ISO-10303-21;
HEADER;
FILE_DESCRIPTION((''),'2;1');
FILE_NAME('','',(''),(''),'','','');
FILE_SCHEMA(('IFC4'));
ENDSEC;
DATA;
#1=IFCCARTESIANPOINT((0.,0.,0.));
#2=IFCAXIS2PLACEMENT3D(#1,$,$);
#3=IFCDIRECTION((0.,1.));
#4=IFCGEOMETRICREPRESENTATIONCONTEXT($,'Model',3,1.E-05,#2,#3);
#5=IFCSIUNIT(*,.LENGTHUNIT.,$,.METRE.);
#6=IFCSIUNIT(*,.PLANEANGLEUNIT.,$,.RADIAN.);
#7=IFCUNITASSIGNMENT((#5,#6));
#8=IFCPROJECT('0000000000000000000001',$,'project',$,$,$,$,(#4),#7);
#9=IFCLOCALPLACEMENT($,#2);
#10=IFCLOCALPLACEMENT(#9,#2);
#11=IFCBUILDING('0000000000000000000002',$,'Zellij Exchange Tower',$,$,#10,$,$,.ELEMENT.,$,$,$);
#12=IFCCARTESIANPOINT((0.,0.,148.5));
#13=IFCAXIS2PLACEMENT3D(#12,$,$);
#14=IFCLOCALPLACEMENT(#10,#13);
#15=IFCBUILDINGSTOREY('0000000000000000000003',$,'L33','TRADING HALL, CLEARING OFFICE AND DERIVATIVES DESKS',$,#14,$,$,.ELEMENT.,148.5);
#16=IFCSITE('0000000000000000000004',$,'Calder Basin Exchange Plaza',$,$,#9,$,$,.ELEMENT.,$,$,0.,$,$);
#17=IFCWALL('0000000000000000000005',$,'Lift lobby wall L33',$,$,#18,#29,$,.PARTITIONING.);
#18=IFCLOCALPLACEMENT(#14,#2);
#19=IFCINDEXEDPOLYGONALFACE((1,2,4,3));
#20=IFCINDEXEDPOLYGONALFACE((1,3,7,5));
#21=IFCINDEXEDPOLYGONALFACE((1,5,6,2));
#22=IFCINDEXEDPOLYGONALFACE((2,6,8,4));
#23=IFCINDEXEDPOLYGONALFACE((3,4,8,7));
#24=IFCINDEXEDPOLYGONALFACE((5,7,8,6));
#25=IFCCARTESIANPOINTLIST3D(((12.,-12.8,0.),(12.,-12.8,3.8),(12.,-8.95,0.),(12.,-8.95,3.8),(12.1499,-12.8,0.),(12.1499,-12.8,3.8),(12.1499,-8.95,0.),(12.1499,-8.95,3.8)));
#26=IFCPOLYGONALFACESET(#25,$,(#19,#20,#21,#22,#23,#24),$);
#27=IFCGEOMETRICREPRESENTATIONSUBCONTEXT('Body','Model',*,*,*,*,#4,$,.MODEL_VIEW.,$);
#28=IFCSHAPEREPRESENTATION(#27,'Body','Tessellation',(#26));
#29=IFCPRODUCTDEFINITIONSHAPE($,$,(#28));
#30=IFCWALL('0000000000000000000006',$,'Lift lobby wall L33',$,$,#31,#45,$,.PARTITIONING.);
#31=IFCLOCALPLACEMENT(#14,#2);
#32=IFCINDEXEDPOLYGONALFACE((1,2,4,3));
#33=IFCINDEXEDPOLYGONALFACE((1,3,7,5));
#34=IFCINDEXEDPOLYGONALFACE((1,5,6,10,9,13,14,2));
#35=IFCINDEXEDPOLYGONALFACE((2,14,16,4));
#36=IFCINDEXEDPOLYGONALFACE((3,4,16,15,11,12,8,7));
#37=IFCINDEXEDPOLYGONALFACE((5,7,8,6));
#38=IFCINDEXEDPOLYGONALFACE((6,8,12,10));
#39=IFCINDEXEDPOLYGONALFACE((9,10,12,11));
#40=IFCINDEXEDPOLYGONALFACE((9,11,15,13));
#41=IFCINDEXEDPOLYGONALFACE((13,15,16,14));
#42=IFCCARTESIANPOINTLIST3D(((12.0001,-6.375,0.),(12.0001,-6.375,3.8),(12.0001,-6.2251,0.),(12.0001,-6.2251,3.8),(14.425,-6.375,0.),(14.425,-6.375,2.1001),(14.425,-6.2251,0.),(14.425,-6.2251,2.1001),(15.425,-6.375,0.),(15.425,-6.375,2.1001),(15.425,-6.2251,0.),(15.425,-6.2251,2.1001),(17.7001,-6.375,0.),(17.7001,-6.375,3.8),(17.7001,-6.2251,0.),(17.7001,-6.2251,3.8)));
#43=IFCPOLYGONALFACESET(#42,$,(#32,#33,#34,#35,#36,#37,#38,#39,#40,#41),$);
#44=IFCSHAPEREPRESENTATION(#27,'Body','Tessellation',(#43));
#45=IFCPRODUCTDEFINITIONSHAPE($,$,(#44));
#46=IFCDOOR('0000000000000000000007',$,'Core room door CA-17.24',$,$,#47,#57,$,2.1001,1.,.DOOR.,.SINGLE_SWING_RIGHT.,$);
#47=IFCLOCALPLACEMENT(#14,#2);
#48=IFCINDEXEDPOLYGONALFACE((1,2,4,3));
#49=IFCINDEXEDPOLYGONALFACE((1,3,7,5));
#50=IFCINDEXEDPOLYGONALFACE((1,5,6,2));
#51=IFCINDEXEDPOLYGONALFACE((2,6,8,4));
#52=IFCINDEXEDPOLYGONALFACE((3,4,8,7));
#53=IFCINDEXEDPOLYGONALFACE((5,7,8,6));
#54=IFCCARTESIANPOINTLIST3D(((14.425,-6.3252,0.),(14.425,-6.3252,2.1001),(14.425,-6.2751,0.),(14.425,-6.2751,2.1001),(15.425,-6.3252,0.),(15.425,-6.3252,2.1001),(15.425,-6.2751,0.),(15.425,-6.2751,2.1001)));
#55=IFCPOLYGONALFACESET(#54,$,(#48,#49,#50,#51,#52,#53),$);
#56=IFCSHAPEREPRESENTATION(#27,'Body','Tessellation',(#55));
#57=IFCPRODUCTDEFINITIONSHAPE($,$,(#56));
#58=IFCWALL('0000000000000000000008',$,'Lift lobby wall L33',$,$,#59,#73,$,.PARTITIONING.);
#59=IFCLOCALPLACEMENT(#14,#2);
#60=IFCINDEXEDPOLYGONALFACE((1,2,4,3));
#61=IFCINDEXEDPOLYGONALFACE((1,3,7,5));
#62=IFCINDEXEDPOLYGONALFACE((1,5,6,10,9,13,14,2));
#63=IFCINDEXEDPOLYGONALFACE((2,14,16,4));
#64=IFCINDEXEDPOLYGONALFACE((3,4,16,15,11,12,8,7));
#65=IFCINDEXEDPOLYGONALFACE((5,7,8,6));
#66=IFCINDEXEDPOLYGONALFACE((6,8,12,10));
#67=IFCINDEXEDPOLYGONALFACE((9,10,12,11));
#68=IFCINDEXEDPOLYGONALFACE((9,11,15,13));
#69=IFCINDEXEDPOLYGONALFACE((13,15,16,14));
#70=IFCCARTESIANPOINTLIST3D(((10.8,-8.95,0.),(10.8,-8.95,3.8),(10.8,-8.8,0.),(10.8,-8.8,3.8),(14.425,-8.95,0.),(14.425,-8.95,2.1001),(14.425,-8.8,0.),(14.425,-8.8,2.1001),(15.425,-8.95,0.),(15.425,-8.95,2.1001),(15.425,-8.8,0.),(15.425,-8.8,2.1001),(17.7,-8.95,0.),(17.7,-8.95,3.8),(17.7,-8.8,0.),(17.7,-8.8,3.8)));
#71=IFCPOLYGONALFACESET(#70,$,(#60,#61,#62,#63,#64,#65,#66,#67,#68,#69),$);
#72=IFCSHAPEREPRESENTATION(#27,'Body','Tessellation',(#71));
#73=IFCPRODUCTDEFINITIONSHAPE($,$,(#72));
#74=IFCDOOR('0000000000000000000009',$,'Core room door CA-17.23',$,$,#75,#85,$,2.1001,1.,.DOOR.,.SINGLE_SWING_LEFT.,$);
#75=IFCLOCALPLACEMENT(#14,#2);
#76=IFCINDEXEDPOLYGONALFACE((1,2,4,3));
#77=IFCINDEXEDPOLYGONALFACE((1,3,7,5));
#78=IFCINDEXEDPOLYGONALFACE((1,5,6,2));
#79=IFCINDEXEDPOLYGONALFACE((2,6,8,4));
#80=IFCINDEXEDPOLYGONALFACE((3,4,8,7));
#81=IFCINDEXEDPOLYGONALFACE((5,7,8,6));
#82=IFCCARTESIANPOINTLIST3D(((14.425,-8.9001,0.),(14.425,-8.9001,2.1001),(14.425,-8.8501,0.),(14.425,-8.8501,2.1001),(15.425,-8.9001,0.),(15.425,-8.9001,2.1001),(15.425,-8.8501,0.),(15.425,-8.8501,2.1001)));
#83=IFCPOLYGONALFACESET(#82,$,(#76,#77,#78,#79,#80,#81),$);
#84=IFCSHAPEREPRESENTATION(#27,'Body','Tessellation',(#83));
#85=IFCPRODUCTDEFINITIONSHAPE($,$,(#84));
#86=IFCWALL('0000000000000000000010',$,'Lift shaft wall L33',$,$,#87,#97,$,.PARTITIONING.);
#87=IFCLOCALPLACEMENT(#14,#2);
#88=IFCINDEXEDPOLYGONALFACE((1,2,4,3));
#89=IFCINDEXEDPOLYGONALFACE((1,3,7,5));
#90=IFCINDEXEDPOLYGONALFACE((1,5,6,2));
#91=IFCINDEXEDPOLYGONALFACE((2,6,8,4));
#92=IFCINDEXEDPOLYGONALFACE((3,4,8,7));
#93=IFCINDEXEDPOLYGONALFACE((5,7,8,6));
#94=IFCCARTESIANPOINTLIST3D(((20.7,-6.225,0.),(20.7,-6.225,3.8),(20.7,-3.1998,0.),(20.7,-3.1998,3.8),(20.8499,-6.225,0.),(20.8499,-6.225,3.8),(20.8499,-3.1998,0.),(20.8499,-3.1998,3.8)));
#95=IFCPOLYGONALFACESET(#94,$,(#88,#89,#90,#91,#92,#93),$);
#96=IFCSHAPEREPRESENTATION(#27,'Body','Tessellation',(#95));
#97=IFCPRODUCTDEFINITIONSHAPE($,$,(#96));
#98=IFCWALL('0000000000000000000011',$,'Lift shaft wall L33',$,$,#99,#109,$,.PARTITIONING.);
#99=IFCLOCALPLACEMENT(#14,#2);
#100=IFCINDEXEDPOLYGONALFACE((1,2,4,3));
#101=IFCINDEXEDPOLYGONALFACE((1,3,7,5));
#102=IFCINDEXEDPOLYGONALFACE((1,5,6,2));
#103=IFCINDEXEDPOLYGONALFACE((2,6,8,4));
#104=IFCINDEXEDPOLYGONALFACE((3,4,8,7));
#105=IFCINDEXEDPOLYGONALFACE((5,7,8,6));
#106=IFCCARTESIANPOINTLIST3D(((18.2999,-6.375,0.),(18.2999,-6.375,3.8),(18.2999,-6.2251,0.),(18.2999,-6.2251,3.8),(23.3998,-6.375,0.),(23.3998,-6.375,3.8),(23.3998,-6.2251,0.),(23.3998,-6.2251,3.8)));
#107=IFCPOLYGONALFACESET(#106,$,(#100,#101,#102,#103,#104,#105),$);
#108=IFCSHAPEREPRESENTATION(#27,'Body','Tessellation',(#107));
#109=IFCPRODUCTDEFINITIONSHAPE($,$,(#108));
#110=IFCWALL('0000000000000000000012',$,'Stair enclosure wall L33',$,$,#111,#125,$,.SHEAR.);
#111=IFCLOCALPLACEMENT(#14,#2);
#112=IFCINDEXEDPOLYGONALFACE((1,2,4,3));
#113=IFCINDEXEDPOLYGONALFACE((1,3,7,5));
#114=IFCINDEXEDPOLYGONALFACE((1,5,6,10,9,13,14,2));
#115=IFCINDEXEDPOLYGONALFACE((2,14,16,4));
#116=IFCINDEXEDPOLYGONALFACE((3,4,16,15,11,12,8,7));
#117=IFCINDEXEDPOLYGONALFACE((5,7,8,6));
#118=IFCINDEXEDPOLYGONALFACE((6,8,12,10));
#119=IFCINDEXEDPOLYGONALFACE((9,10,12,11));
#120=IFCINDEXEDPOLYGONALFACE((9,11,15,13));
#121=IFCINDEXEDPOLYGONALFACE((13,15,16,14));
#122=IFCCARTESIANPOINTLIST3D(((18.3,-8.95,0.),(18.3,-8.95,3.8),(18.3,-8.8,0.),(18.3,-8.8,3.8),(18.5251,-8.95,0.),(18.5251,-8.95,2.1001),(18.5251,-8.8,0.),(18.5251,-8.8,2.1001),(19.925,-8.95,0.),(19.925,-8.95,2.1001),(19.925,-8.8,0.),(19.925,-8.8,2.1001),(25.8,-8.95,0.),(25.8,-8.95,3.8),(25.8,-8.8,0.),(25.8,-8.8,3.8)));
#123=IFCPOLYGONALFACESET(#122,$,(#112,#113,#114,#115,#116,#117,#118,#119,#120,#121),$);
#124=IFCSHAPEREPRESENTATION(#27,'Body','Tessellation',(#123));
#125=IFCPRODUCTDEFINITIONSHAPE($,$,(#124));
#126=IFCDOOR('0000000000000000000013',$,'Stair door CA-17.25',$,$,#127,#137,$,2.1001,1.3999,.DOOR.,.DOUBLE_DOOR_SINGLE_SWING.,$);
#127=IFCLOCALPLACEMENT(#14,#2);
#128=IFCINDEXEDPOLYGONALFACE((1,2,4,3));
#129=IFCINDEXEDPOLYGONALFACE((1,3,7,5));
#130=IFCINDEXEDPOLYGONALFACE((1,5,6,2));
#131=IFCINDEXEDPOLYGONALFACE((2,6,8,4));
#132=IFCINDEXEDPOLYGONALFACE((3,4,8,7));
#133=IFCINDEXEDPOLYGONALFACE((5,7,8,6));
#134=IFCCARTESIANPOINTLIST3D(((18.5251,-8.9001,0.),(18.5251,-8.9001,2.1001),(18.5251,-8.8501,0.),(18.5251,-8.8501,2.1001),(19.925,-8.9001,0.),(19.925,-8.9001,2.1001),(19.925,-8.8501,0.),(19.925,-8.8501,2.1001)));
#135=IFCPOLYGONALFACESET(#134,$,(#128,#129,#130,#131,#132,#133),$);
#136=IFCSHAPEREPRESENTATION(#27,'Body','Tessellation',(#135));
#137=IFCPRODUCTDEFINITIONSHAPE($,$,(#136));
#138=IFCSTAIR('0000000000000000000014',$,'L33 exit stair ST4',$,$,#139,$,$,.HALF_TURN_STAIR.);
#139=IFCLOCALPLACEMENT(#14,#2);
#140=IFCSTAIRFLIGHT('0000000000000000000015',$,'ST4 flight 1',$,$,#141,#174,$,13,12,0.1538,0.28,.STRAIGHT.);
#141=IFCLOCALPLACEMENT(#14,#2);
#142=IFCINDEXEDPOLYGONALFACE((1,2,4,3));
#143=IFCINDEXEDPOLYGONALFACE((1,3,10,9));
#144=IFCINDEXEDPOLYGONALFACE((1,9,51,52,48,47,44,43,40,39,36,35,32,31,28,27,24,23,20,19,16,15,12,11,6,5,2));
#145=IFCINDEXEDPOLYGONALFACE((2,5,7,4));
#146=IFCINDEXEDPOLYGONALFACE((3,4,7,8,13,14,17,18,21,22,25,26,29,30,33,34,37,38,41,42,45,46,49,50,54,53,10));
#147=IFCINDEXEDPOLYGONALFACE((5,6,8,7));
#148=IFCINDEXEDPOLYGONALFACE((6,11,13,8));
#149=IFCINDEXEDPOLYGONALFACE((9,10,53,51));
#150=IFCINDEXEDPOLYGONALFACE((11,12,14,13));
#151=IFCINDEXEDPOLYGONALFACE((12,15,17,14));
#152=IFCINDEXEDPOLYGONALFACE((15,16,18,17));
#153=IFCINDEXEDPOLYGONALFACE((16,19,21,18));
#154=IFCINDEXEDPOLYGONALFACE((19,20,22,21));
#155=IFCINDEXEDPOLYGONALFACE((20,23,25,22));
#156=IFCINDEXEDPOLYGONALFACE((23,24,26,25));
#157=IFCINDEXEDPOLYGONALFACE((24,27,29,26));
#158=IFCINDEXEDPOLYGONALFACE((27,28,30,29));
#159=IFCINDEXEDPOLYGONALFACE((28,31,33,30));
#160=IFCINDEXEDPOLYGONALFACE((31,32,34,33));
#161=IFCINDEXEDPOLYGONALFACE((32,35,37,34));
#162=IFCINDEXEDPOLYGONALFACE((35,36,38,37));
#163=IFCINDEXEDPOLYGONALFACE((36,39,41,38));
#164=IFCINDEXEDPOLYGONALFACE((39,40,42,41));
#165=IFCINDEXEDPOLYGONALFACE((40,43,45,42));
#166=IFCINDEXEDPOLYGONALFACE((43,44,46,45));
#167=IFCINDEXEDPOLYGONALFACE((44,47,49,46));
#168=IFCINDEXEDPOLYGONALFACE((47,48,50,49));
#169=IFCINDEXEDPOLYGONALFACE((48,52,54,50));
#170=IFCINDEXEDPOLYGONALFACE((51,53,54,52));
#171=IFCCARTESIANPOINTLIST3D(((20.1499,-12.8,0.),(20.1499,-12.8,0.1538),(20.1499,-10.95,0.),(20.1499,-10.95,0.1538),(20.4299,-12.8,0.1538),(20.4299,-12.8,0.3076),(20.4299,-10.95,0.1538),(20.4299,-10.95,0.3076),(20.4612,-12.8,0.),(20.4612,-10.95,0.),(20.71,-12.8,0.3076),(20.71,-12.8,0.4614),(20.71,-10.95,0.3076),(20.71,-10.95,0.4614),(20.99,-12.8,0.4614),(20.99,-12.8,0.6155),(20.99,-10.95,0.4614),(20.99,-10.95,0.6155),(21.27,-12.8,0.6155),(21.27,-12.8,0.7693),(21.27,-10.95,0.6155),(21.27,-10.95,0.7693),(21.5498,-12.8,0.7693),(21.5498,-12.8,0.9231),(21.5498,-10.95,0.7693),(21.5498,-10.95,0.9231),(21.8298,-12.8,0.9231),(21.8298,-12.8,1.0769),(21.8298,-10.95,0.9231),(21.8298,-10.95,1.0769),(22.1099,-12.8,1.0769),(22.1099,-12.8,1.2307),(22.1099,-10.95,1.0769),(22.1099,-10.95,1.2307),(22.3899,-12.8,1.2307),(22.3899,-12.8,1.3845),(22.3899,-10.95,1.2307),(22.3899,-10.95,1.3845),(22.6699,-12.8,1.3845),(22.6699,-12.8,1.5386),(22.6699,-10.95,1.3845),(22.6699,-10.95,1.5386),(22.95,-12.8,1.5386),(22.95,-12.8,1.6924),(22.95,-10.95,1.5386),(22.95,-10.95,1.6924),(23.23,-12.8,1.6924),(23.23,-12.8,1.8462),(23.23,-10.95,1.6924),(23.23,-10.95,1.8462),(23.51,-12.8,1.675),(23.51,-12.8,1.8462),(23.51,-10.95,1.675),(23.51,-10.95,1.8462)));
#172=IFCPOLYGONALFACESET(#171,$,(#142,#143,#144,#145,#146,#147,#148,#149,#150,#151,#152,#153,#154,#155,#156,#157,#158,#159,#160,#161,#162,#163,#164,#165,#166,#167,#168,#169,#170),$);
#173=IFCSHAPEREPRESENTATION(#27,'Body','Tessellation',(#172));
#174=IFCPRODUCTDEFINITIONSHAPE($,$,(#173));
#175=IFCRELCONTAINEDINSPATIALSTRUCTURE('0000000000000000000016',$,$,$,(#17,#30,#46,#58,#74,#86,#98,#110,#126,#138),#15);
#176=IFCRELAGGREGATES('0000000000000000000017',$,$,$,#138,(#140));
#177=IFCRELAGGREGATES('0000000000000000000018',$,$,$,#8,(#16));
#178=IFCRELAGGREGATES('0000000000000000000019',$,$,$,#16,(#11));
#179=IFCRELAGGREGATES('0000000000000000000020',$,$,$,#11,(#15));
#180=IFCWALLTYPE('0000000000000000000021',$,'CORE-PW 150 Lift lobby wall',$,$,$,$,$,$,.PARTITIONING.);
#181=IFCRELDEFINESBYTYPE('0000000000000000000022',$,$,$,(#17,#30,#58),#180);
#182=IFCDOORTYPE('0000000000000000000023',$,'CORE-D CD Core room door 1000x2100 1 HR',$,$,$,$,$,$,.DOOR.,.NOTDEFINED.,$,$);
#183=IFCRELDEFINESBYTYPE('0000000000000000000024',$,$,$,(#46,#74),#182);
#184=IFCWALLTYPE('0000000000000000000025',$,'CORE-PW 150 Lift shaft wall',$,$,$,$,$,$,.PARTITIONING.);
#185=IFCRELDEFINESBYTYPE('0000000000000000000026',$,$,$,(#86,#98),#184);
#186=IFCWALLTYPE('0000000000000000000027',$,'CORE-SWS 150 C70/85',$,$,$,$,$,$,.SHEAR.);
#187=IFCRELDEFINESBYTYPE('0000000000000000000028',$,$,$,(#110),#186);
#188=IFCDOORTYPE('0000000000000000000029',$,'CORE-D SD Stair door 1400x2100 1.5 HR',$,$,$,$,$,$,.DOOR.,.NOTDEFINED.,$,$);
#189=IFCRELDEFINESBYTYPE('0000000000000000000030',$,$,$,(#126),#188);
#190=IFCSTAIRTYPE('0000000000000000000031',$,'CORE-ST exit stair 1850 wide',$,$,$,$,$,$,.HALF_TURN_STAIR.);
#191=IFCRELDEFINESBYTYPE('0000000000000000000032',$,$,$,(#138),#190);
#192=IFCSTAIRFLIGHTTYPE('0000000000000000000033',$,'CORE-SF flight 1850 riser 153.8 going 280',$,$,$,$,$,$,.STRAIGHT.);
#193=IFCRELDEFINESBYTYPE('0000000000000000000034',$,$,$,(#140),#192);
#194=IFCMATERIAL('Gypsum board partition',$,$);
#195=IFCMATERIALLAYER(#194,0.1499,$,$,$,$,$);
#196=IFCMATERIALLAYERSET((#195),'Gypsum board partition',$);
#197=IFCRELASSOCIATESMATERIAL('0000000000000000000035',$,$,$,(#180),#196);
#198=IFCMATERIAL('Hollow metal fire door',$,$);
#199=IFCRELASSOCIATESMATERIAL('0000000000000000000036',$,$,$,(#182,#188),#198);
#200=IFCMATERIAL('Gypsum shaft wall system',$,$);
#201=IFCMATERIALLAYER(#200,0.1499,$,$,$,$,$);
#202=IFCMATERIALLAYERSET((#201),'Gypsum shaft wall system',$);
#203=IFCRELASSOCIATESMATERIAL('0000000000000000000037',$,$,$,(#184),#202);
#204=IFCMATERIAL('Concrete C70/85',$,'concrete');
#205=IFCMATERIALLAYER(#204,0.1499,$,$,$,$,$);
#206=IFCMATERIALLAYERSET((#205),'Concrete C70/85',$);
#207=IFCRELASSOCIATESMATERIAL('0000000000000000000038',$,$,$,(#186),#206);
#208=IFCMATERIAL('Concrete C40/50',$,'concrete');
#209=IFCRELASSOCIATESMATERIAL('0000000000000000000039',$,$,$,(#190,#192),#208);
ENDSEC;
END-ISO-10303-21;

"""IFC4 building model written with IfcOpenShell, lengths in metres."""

from ifc_helpers import new_model, si_unit, direction, frame, frame_2d, origin, place, context, subcontext, project, spatial, polyline, rectangle, outline, extrude, material, layer, layer_set, type_object, element, fill, aggregate, save


model = new_model("IFC4")

# Units and contexts
model_context = context("Model", 3, precision=1e-05, world=origin(), true_north=direction((0.0, 1.0)))
body_context = subcontext(model_context, "Body", "Model", "MODEL_VIEW")
ifc_project = project(units=[si_unit("LENGTHUNIT", "METRE"), si_unit("PLANEANGLEUNIT", "RADIAN")], contexts=[model_context])

# Site, building, storey
site_placement = place(None, origin())
site = spatial("IfcSite", under=ifc_project, at=site_placement, Name="Calder Basin Exchange Plaza", CompositionType="ELEMENT", RefElevation=0.0)
building_placement = place(site_placement, origin())
building = spatial("IfcBuilding", under=site, at=building_placement, Name="Zellij Exchange Tower", CompositionType="ELEMENT")
storey_placement = place(building_placement, frame((0.0, 0.0, 148.5)))
storey = spatial("IfcBuildingStorey", under=building, at=storey_placement, Name="L33", Description="TRADING HALL, CLEARING OFFICE AND DERIVATIVES DESKS", CompositionType="ELEMENT", Elevation=148.5)

# Shared definitions
ifc_material_1 = material(Name="Concrete C70/85", Category="concrete")

# Shared definitions
ifc_material_2 = material(Name="Gypsum board partition")
ifc_layer_1 = layer(ifc_material_2, 0.1499)
ifc_layer_set_1 = layer_set([ifc_layer_1], Name="Gypsum board partition")
wall_type_1 = type_object("IfcWallType", Name="CORE-PW 150 Lift lobby wall", PredefinedType="PARTITIONING", material=ifc_layer_set_1)

# Shared definitions
ifc_material_3 = material(Name="Hollow metal fire door")

# Wall
wall_1_placement = place(storey_placement, frame((12.075, -12.8, 0.0), z_axis=(0.0, 0.0, 1.0), x_axis=(0.0, 1.0, 0.0)))
element("IfcWall", 1, at=wall_1_placement, inside=storey, type_object=wall_type_1, Name="Lift lobby wall L33", PredefinedType="PARTITIONING", context=body_context, shape_type="SweptSolid", body=[
    extrude(rectangle(XDim=3.8501, YDim=0.1499, at=frame_2d((1.925, 0.0))), origin(), (0.0, 0.0, 1.0), 3.8),
])

# Walls, openings, doors
wall_2_placement = place(storey_placement, frame((12.0, -6.3, 0.0), z_axis=(0.0, 0.0, 1.0), x_axis=(1.0, 0.0, 0.0)))
wall_2 = element("IfcWall", 2, at=wall_2_placement, inside=storey, type_object=wall_type_1, Name="Lift lobby wall L33", PredefinedType="PARTITIONING", context=body_context, shape_type="SweptSolid", body=[
    extrude(rectangle(XDim=5.7, YDim=0.1499, at=frame_2d((2.8501, 0.0))), origin(), (0.0, 0.0, 1.0), 3.8),
])
opening_1_placement = place(wall_2_placement, frame((2.425, 0.0, 0.0)))
opening_1 = element("IfcOpeningElement", 3, at=opening_1_placement, cuts=wall_2, PredefinedType="OPENING", context=body_context, shape_type="SweptSolid", body=[
    extrude(rectangle(XDim=1.0, YDim=2.1001, at=frame_2d((0.5, 1.05))), frame((0.0, 0.0869, 0.0), z_axis=(0.0, -1.0, 0.0), x_axis=(1.0, 0.0, 0.0)), (0.0, 0.0, 1.0), 0.1738),
])
door_type_1 = type_object("IfcDoorType", Name="CORE-D CD Core room door 1000x2100 1 HR", OperationType="NOTDEFINED", PredefinedType="DOOR", material=ifc_material_3)
door_1_placement = place(opening_1_placement, origin())
door_1 = element("IfcDoor", 4, at=door_1_placement, inside=storey, type_object=door_type_1, Name="Core room door CA-17.24", OperationType="SINGLE_SWING_RIGHT", OverallHeight=2.1001, OverallWidth=1.0, PredefinedType="DOOR", context=body_context, shape_type="SweptSolid", body=[
    extrude(rectangle(XDim=1.0, YDim=2.1001, at=frame_2d((0.5, 1.05))), frame((0.0, 0.0249, 0.0), z_axis=(0.0, -1.0, 0.0), x_axis=(1.0, 0.0, 0.0)), (0.0, 0.0, 1.0), 0.05),
])
fill(opening_1, door_1)
wall_3_placement = place(storey_placement, frame((10.8, -8.875, 0.0), z_axis=(0.0, 0.0, 1.0), x_axis=(1.0, 0.0, 0.0)))
wall_3 = element("IfcWall", 5, at=wall_3_placement, inside=storey, type_object=wall_type_1, Name="Lift lobby wall L33", PredefinedType="PARTITIONING", context=body_context, shape_type="SweptSolid", body=[
    extrude(rectangle(XDim=6.8999, YDim=0.1499, at=frame_2d((3.45, 0.0))), origin(), (0.0, 0.0, 1.0), 3.8),
])
opening_2_placement = place(wall_3_placement, frame((3.625, 0.0, 0.0)))
opening_2 = element("IfcOpeningElement", 6, at=opening_2_placement, cuts=wall_3, PredefinedType="OPENING", context=body_context, shape_type="SweptSolid", body=[
    extrude(rectangle(XDim=1.0, YDim=2.1001, at=frame_2d((0.5, 1.05))), frame((0.0, 0.0869, 0.0), z_axis=(0.0, -1.0, 0.0), x_axis=(1.0, 0.0, 0.0)), (0.0, 0.0, 1.0), 0.1738),
])
door_2_placement = place(opening_2_placement, origin())
door_2 = element("IfcDoor", 7, at=door_2_placement, inside=storey, type_object=door_type_1, Name="Core room door CA-17.23", OperationType="SINGLE_SWING_LEFT", OverallHeight=2.1001, OverallWidth=1.0, PredefinedType="DOOR", context=body_context, shape_type="SweptSolid", body=[
    extrude(rectangle(XDim=1.0, YDim=2.1001, at=frame_2d((0.5, 1.05))), frame((0.0, 0.0249, 0.0), z_axis=(0.0, -1.0, 0.0), x_axis=(1.0, 0.0, 0.0)), (0.0, 0.0, 1.0), 0.05),
])
fill(opening_2, door_2)

# Walls
ifc_material_4 = material(Name="Gypsum shaft wall system")
ifc_layer_2 = layer(ifc_material_4, 0.1499)
ifc_layer_set_2 = layer_set([ifc_layer_2], Name="Gypsum shaft wall system")
wall_type_2 = type_object("IfcWallType", Name="CORE-PW 150 Lift shaft wall", PredefinedType="PARTITIONING", material=ifc_layer_set_2)
wall_4_placement = place(storey_placement, frame((20.7749, -6.2251, 0.0), z_axis=(0.0, 0.0, 1.0), x_axis=(0.0, 1.0, 0.0)))
element("IfcWall", 8, at=wall_4_placement, inside=storey, type_object=wall_type_2, Name="Lift shaft wall L33", PredefinedType="PARTITIONING", context=body_context, shape_type="SweptSolid", body=[
    extrude(rectangle(XDim=3.0251, YDim=0.1499, at=frame_2d((1.5127, 0.0))), origin(), (0.0, 0.0, 1.0), 3.8),
])
wall_5_placement = place(storey_placement, frame((18.3, -6.3, 0.0), z_axis=(0.0, 0.0, 1.0), x_axis=(1.0, 0.0, 0.0)))
element("IfcWall", 9, at=wall_5_placement, inside=storey, type_object=wall_type_2, Name="Lift shaft wall L33", PredefinedType="PARTITIONING", context=body_context, shape_type="SweptSolid", body=[
    extrude(rectangle(XDim=5.0999, YDim=0.1499, at=frame_2d((2.5498, 0.0))), origin(), (0.0, 0.0, 1.0), 3.8),
])

# Wall, opening, door
ifc_layer_3 = layer(ifc_material_1, 0.1499)
ifc_layer_set_3 = layer_set([ifc_layer_3], Name="Concrete C70/85")
wall_type_3 = type_object("IfcWallType", Name="CORE-SWS 150 C70/85", PredefinedType="SHEAR", material=ifc_layer_set_3)
wall_6_placement = place(storey_placement, frame((18.3, -8.875, 0.0), z_axis=(0.0, 0.0, 1.0), x_axis=(1.0, 0.0, 0.0)))
wall_6 = element("IfcWall", 10, at=wall_6_placement, inside=storey, type_object=wall_type_3, Name="Stair enclosure wall L33", PredefinedType="SHEAR", context=body_context, shape_type="SweptSolid", body=[
    extrude(rectangle(XDim=7.5, YDim=0.1499, at=frame_2d((3.75, 0.0))), origin(), (0.0, 0.0, 1.0), 3.8),
])
opening_3_placement = place(wall_6_placement, frame((0.2251, 0.0, 0.0)))
opening_3 = element("IfcOpeningElement", 11, at=opening_3_placement, cuts=wall_6, PredefinedType="OPENING", context=body_context, shape_type="SweptSolid", body=[
    extrude(rectangle(XDim=1.3999, YDim=2.1001, at=frame_2d((0.7, 1.05))), frame((0.0, 0.0869, 0.0), z_axis=(0.0, -1.0, 0.0), x_axis=(1.0, 0.0, 0.0)), (0.0, 0.0, 1.0), 0.1738),
])
door_type_2 = type_object("IfcDoorType", Name="CORE-D SD Stair door 1400x2100 1.5 HR", OperationType="NOTDEFINED", PredefinedType="DOOR", material=ifc_material_3)
door_3_placement = place(opening_3_placement, origin())
door_3 = element("IfcDoor", 12, at=door_3_placement, inside=storey, type_object=door_type_2, Name="Stair door CA-17.25", OperationType="DOUBLE_DOOR_SINGLE_SWING", OverallHeight=2.1001, OverallWidth=1.3999, PredefinedType="DOOR", context=body_context, shape_type="SweptSolid", body=[
    extrude(rectangle(XDim=1.3999, YDim=2.1001, at=frame_2d((0.7, 1.05))), frame((0.0, 0.0249, 0.0), z_axis=(0.0, -1.0, 0.0), x_axis=(1.0, 0.0, 0.0)), (0.0, 0.0, 1.0), 0.05),
])
fill(opening_3, door_3)

# Stair, stair flight
ifc_material_5 = material(Name="Concrete C40/50", Category="concrete")
stair_type = type_object("IfcStairType", Name="CORE-ST exit stair 1850 wide", PredefinedType="HALF_TURN_STAIR", material=ifc_material_5)
stair_placement = place(storey_placement, origin())
stair = element("IfcStair", 13, at=stair_placement, inside=storey, type_object=stair_type, Name="L33 exit stair ST4", PredefinedType="HALF_TURN_STAIR")
stair_flight_type = type_object("IfcStairFlightType", Name="CORE-SF flight 1850 riser 153.8 going 280", PredefinedType="STRAIGHT", material=ifc_material_5)
stair_flight_placement = place(storey_placement, frame((20.1499, -11.875, 0.0), z_axis=(0.0, 0.0, 1.0), x_axis=(1.0, 0.0, 0.0)))
stair_flight = element("IfcStairFlight", 14, at=stair_flight_placement, type_object=stair_flight_type, Name="ST4 flight 1", NumberOfRisers=13, NumberOfTreads=12, PredefinedType="STRAIGHT", RiserHeight=0.1538, TreadLength=0.28, context=body_context, shape_type="SweptSolid", body=[
    extrude(outline(polyline([(0.0, 0.0), (0.0, 0.1538), (0.28, 0.1538), (0.28, 0.3076), (0.5601, 0.3076), (0.5601, 0.4614), (0.8401, 0.4614), (0.8401, 0.6155), (1.1201, 0.6155), (1.1201, 0.7693), (1.3999, 0.7693), (1.3999, 0.9231), (1.6799, 0.9231), (1.6799, 1.0769), (1.96, 1.0769), (1.96, 1.2307), (2.24, 1.2307), (2.24, 1.3845), (2.52, 1.3845), (2.52, 1.5386), (2.8, 1.5386), (2.8, 1.6924), (3.0801, 1.6924), (3.0801, 1.8462), (3.3601, 1.8462), (3.3601, 2.0), (3.3601, 1.675), (0.3113, 0.0), (0.0, 0.0)])), frame((0.0, 0.925, 0.0), z_axis=(0.0, -1.0, 0.0), x_axis=(1.0, 0.0, 0.0)), (0.0, 0.0, 1.0), 1.8501),
])
aggregate(stair, [stair_flight])

save(model, "model.ifc")
